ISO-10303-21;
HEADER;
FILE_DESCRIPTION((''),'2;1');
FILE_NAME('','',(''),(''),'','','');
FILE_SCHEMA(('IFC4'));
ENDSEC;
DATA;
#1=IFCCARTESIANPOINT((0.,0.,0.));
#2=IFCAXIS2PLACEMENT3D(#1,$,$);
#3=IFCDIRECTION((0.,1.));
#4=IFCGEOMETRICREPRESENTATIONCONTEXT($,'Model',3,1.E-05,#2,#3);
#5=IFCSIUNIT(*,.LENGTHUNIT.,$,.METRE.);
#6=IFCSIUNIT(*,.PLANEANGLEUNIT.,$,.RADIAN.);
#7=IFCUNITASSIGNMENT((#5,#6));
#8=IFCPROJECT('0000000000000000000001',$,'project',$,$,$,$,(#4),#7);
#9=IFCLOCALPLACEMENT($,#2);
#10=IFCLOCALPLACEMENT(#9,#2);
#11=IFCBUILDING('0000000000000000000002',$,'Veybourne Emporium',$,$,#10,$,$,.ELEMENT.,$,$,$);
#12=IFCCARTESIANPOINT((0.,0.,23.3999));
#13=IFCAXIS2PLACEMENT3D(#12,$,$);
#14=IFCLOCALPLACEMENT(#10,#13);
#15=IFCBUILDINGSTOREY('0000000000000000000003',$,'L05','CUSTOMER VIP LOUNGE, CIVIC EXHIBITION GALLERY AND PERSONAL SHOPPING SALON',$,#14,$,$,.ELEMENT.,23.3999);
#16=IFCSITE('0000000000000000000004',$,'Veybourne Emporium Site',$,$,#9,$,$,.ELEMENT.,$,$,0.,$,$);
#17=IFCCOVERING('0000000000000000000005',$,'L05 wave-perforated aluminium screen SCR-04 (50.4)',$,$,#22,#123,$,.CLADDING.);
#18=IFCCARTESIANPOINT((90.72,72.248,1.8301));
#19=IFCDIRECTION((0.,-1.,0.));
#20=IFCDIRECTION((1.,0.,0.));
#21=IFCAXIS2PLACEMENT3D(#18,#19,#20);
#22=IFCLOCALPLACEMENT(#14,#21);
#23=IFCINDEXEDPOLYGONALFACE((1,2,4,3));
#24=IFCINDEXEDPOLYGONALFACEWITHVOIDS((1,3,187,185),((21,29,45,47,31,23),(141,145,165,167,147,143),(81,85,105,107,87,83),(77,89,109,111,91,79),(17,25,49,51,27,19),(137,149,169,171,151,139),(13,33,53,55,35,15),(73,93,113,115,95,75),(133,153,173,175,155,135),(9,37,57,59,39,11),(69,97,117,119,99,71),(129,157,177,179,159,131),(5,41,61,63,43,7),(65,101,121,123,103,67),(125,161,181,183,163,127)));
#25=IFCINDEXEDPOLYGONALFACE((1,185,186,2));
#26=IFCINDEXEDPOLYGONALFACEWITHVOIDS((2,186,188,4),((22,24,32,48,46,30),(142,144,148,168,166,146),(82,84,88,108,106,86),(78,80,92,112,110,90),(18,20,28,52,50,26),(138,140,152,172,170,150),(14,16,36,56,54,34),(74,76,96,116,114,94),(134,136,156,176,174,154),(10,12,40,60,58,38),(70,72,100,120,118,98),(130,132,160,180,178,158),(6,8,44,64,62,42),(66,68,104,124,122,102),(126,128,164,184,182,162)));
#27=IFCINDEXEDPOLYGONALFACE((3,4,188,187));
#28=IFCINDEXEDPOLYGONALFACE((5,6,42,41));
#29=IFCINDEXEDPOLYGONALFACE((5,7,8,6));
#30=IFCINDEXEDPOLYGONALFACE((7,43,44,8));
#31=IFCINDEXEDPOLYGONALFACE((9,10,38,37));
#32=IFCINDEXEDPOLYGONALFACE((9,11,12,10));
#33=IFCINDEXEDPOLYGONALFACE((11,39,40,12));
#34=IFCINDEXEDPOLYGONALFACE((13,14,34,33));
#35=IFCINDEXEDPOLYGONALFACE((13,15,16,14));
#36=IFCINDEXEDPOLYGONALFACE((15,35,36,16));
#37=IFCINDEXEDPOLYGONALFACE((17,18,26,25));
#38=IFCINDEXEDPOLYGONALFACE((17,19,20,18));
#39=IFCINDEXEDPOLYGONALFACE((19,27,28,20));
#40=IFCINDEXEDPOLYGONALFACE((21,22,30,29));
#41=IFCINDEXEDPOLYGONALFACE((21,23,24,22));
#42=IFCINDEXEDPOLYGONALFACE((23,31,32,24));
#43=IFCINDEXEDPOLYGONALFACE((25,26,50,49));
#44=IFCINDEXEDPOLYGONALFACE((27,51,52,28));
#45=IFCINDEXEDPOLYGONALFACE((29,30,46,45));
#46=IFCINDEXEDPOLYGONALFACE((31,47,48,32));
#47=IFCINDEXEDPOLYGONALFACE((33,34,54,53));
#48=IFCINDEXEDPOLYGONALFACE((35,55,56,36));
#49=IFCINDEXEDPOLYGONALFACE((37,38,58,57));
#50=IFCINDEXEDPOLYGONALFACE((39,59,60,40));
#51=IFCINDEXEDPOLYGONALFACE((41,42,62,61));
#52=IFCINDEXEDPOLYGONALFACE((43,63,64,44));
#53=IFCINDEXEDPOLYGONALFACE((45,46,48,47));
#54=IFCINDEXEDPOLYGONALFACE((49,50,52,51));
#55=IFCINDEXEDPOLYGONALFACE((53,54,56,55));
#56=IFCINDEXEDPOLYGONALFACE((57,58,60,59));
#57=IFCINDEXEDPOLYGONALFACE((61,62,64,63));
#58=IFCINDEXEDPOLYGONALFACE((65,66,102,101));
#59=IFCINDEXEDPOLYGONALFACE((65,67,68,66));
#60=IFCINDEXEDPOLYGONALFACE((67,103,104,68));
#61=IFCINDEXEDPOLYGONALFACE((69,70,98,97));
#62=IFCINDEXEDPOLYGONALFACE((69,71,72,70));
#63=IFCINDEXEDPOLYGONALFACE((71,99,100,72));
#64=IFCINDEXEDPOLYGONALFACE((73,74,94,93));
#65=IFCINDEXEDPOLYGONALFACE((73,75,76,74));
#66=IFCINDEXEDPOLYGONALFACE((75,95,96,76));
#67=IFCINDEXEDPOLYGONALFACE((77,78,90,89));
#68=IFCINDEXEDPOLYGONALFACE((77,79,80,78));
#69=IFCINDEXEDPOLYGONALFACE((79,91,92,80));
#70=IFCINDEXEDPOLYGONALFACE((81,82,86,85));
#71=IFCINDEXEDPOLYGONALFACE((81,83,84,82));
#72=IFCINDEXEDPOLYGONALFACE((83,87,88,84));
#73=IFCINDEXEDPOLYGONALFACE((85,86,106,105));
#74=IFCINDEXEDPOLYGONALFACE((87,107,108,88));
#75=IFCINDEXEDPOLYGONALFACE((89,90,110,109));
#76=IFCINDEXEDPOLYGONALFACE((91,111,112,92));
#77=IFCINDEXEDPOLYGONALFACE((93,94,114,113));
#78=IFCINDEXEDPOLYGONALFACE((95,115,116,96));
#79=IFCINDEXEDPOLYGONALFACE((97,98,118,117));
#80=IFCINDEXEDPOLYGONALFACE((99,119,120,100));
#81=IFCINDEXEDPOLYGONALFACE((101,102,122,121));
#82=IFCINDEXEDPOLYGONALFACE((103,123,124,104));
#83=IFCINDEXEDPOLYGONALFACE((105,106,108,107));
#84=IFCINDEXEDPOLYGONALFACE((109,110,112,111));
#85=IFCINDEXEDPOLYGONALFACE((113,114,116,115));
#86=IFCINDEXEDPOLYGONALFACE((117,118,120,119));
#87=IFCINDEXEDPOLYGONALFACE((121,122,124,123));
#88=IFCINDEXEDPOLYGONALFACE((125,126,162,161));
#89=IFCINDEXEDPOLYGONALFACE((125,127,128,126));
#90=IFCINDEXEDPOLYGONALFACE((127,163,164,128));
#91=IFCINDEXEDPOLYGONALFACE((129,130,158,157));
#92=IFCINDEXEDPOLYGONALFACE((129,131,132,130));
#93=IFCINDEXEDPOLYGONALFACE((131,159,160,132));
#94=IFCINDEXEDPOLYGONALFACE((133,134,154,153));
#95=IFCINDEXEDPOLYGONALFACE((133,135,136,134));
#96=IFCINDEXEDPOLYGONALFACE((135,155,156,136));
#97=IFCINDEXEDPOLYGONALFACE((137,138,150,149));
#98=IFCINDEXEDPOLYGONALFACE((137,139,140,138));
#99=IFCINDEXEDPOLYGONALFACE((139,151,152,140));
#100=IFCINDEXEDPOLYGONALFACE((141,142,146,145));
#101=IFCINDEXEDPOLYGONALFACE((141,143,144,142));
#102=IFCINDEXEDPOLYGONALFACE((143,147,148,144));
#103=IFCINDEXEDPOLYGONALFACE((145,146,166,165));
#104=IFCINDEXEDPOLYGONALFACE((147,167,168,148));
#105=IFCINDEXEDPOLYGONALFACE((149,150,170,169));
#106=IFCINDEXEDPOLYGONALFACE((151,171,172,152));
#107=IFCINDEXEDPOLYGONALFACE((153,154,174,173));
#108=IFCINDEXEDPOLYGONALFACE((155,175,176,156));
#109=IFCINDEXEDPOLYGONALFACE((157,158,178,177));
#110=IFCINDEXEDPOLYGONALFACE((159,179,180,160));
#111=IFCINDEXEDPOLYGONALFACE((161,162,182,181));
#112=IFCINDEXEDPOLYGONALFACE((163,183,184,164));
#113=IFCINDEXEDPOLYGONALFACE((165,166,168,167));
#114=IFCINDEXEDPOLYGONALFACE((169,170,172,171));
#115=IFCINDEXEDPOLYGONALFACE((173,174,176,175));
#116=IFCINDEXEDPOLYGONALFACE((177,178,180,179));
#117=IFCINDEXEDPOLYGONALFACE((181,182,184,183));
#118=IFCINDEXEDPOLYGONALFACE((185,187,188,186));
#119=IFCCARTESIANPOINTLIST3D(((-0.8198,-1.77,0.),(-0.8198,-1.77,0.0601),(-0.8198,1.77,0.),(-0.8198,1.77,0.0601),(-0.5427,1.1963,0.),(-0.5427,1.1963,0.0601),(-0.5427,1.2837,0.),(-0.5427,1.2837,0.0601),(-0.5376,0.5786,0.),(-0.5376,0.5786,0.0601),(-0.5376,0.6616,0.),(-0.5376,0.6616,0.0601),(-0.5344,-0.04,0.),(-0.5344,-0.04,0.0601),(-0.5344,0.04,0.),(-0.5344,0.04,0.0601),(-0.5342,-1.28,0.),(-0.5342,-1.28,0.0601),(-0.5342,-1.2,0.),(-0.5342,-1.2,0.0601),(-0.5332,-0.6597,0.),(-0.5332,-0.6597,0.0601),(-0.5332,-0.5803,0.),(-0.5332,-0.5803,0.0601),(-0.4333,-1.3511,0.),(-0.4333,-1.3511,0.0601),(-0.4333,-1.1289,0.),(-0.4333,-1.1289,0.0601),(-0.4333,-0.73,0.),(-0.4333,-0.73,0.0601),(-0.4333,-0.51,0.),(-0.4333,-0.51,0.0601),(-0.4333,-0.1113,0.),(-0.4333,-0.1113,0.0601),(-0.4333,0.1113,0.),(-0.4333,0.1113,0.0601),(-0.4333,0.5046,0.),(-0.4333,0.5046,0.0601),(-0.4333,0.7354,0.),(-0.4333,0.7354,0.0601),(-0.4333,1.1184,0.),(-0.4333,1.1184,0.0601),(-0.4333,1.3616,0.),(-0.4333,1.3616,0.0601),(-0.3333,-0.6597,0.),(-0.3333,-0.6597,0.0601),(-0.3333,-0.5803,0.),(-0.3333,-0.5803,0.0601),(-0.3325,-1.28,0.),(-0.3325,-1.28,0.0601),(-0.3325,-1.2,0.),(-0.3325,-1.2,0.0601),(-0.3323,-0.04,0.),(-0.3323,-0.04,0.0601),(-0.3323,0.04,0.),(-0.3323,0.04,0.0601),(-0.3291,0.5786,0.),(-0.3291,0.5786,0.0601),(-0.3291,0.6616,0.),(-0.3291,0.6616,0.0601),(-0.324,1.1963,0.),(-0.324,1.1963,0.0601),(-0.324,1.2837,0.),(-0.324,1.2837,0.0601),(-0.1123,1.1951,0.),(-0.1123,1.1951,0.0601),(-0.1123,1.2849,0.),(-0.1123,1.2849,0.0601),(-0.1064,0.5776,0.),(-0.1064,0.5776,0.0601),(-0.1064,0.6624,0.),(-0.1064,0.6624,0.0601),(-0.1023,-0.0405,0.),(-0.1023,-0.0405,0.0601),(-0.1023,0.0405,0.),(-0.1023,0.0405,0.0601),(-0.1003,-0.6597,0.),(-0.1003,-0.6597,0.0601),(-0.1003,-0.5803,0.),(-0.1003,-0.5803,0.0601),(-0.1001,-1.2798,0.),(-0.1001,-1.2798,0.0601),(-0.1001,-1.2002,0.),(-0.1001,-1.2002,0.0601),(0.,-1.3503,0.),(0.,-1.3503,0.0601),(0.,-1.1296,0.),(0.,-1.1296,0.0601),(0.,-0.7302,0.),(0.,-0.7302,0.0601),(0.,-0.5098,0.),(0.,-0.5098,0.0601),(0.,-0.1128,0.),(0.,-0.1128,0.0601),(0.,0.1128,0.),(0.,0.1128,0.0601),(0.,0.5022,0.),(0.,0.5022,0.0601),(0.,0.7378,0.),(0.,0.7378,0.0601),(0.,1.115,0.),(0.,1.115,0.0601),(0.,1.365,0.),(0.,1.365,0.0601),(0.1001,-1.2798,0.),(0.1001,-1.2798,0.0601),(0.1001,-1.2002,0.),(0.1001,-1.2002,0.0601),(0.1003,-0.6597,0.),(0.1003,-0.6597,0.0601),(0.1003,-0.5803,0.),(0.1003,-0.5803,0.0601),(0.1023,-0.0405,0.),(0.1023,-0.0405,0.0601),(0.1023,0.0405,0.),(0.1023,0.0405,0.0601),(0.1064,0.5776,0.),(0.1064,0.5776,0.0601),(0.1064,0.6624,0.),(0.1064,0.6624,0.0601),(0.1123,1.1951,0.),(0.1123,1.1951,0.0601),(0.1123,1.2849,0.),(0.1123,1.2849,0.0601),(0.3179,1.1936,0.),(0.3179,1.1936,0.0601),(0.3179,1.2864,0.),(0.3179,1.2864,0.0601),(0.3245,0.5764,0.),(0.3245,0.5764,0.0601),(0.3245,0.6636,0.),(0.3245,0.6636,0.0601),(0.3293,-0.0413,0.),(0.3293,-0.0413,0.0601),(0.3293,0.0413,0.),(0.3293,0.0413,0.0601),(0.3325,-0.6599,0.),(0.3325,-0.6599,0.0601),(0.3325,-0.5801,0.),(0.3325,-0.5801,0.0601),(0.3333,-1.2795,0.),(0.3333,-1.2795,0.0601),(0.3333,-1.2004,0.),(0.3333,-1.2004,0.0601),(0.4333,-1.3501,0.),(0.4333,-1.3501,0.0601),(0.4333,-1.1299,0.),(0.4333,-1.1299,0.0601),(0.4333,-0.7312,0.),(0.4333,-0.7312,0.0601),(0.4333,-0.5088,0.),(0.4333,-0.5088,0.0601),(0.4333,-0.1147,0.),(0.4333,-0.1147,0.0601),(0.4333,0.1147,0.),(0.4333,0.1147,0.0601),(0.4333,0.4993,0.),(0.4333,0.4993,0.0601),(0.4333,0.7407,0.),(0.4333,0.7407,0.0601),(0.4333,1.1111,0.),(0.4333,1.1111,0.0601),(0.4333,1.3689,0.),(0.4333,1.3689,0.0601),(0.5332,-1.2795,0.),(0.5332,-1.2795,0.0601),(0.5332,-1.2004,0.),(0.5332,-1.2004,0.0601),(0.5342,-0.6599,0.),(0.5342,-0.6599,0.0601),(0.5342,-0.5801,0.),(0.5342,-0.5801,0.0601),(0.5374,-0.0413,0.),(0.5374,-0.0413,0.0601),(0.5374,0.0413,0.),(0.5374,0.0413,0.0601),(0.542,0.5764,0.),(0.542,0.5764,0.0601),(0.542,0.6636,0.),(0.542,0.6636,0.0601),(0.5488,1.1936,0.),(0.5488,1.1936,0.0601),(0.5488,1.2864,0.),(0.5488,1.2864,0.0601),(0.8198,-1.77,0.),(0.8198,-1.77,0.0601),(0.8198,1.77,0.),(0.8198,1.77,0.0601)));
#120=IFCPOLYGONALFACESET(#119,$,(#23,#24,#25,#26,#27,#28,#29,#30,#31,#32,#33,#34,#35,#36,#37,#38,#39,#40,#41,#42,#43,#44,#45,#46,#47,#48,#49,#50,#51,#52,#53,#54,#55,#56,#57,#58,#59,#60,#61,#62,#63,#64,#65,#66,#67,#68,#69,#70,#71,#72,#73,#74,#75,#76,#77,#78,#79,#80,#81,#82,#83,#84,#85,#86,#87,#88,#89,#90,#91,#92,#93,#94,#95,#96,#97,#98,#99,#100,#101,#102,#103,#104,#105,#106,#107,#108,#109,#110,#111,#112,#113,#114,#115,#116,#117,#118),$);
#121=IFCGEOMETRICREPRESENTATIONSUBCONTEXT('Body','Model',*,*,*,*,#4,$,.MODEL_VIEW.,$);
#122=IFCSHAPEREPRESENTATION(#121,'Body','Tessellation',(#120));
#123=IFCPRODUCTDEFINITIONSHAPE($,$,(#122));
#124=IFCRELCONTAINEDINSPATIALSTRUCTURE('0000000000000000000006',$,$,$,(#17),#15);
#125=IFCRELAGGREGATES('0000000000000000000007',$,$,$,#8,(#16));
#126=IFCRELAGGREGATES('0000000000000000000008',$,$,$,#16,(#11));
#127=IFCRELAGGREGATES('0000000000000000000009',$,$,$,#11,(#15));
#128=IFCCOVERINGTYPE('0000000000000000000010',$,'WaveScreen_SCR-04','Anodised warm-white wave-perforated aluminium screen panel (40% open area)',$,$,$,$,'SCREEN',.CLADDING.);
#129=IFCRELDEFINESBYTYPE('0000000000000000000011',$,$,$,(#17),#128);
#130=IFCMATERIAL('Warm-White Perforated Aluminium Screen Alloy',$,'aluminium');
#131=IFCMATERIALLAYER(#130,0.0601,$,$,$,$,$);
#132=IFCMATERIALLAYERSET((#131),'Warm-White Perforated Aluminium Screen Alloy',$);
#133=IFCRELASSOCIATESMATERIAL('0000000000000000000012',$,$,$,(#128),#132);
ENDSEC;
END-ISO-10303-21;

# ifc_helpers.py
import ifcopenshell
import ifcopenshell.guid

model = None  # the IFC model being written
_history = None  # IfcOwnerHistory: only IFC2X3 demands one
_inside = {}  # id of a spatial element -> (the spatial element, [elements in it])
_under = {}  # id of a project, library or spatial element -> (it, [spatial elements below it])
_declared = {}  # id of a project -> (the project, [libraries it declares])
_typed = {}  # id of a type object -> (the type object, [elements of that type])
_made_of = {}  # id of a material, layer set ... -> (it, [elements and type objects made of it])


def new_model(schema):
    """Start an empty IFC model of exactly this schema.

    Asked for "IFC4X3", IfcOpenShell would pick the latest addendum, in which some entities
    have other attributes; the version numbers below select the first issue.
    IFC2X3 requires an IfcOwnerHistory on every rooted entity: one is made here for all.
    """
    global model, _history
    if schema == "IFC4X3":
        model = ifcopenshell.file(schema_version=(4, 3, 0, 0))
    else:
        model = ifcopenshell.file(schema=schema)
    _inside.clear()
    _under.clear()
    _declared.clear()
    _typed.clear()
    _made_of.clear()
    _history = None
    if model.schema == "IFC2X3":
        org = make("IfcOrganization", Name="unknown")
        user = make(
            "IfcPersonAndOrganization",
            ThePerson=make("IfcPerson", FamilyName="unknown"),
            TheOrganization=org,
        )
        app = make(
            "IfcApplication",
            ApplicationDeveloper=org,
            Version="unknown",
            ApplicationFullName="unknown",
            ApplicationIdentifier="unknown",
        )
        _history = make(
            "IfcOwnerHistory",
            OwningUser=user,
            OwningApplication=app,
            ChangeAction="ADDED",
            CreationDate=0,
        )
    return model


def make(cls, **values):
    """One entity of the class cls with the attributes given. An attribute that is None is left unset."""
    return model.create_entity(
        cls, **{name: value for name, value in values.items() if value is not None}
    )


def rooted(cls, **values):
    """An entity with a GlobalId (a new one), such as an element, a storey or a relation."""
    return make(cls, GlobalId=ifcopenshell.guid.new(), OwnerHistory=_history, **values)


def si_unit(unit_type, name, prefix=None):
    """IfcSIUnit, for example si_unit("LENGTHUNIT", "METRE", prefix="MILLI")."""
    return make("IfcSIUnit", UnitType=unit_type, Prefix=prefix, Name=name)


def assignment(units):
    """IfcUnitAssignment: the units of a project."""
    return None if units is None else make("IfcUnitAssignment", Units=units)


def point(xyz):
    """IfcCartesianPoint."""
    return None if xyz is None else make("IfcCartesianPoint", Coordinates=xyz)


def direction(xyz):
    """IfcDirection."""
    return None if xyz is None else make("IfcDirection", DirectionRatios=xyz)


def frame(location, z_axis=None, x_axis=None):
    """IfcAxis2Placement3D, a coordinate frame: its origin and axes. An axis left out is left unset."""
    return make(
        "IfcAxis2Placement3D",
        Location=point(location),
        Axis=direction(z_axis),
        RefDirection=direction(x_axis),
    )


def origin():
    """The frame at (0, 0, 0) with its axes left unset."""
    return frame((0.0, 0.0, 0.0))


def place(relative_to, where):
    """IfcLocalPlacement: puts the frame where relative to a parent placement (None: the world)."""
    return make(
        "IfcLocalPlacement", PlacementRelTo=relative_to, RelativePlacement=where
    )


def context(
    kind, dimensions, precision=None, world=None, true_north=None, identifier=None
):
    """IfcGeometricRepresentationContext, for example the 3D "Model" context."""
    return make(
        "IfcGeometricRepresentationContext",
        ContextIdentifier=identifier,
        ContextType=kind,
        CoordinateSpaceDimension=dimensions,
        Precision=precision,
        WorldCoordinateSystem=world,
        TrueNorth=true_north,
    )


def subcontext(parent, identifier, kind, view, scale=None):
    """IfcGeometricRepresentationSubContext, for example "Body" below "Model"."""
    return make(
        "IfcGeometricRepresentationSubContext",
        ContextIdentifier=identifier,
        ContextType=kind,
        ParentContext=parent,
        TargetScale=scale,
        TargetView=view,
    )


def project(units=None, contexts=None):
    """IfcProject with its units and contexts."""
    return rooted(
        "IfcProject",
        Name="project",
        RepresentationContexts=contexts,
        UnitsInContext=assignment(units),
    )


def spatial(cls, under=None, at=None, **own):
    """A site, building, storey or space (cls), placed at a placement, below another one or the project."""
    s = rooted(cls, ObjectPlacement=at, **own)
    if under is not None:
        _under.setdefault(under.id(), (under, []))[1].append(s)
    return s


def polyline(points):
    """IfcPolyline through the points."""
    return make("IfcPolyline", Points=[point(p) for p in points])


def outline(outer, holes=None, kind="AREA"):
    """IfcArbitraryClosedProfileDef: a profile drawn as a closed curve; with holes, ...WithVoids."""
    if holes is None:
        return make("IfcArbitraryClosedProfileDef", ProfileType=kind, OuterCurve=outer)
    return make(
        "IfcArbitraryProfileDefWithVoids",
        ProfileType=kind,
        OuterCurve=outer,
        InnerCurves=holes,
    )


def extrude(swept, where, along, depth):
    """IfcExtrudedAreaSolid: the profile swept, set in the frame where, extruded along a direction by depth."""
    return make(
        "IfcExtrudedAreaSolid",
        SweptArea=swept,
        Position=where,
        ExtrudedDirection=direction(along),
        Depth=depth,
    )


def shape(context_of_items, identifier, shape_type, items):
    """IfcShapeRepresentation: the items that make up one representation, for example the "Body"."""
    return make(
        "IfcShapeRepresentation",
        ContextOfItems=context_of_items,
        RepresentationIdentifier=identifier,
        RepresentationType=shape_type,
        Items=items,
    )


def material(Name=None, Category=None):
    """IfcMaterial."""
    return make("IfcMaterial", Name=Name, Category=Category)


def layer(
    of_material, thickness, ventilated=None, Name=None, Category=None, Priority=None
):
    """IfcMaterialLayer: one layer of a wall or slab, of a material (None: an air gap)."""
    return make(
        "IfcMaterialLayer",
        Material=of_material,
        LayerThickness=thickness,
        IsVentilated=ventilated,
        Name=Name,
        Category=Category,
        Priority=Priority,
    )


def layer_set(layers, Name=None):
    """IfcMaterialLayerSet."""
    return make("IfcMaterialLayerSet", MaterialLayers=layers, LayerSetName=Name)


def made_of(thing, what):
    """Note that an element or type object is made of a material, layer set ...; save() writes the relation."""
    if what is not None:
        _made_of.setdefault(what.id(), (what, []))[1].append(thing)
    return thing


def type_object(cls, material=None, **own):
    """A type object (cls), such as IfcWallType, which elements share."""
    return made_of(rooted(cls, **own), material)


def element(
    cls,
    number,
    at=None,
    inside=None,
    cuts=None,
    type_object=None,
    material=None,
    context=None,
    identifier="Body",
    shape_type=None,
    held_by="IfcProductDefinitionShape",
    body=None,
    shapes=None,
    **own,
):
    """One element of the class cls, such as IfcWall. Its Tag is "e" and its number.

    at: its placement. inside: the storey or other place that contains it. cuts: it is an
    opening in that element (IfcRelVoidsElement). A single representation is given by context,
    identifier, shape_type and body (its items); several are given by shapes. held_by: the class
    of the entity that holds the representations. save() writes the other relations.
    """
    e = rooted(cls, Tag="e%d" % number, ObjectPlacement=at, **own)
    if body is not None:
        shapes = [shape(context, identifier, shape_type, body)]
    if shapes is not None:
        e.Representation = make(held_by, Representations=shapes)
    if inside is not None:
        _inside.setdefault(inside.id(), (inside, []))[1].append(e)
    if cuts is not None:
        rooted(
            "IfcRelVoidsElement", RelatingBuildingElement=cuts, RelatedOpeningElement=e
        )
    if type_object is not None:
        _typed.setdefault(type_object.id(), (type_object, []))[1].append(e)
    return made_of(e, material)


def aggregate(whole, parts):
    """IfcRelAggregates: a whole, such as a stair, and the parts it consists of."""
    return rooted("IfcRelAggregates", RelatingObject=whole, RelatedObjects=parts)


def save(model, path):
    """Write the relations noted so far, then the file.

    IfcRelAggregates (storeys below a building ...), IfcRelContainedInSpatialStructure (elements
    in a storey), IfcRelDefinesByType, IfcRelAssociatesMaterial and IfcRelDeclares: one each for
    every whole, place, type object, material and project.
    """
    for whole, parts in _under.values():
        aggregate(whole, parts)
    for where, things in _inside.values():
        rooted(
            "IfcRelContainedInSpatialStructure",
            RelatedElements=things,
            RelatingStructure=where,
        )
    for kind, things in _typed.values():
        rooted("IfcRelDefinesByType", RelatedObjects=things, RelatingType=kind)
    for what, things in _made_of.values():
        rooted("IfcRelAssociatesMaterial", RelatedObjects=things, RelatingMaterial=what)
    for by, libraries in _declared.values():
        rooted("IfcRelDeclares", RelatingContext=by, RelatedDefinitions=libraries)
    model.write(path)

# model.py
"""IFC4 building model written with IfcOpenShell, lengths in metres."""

from ifc_helpers import new_model, si_unit, direction, frame, origin, place, context, subcontext, project, spatial, polyline, outline, extrude, material, layer, layer_set, type_object, element, save


model = new_model("IFC4")

# Units and contexts
model_context = context("Model", 3, precision=1e-05, world=origin(), true_north=direction((0.0, 1.0)))
body_context = subcontext(model_context, "Body", "Model", "MODEL_VIEW")
ifc_project = project(units=[si_unit("LENGTHUNIT", "METRE"), si_unit("PLANEANGLEUNIT", "RADIAN")], contexts=[model_context])

# Site, building, storey
site_placement = place(None, origin())
site = spatial("IfcSite", under=ifc_project, at=site_placement, Name="Veybourne Emporium Site", CompositionType="ELEMENT", RefElevation=0.0)
building_placement = place(site_placement, origin())
building = spatial("IfcBuilding", under=site, at=building_placement, Name="Veybourne Emporium", CompositionType="ELEMENT")
storey_placement = place(building_placement, frame((0.0, 0.0, 23.3999)))
storey = spatial("IfcBuildingStorey", under=building, at=storey_placement, Name="L05", Description="CUSTOMER VIP LOUNGE, CIVIC EXHIBITION GALLERY AND PERSONAL SHOPPING SALON", CompositionType="ELEMENT", Elevation=23.3999)

# Covering
ifc_material_1 = material(Name="Warm-White Perforated Aluminium Screen Alloy", Category="aluminium")
ifc_layer_1 = layer(ifc_material_1, 0.0601)
ifc_layer_set_1 = layer_set([ifc_layer_1], Name="Warm-White Perforated Aluminium Screen Alloy")
covering_type_1 = type_object("IfcCoveringType", Name="WaveScreen_SCR-04", Description="Anodised warm-white wave-perforated aluminium screen panel (40% open area)", ElementType="SCREEN", PredefinedType="CLADDING", material=ifc_layer_set_1)
covering_1_placement = place(storey_placement, frame((90.72, 72.248, 1.8301), z_axis=(0.0, -1.0, 0.0), x_axis=(1.0, 0.0, 0.0)))
element("IfcCovering", 1, at=covering_1_placement, inside=storey, type_object=covering_type_1, Name="L05 wave-perforated aluminium screen SCR-04 (50.4)", PredefinedType="CLADDING", context=body_context, shape_type="SweptSolid", body=[
    extrude(outline(polyline([(-0.8198, -1.77), (0.8198, -1.77), (0.8198, 1.77), (-0.8198, 1.77), (-0.8198, -1.77)]), holes=[polyline([(-0.4333, -1.1289), (-0.3325, -1.2), (-0.3325, -1.28), (-0.4333, -1.3511), (-0.5342, -1.28), (-0.5342, -1.2), (-0.4333, -1.1289)]), polyline([(-0.4333, -0.51), (-0.3333, -0.5803), (-0.3333, -0.6597), (-0.4333, -0.73), (-0.5332, -0.6597), (-0.5332, -0.5803), (-0.4333, -0.51)]), polyline([(-0.4333, 0.1113), (-0.3323, 0.04), (-0.3323, -0.04), (-0.4333, -0.1113), (-0.5344, -0.04), (-0.5344, 0.04), (-0.4333, 0.1113)]), polyline([(-0.4333, 0.7354), (-0.3291, 0.6616), (-0.3291, 0.5786), (-0.4333, 0.5046), (-0.5376, 0.5786), (-0.5376, 0.6616), (-0.4333, 0.7354)]), polyline([(-0.4333, 1.3616), (-0.324, 1.2837), (-0.324, 1.1963), (-0.4333, 1.1184), (-0.5427, 1.1963), (-0.5427, 1.2837), (-0.4333, 1.3616)]), polyline([(0.0, -1.1296), (0.1001, -1.2002), (0.1001, -1.2798), (0.0, -1.3503), (-0.1001, -1.2798), (-0.1001, -1.2002), (0.0, -1.1296)]), polyline([(0.0, -0.5098), (0.1003, -0.5803), (0.1003, -0.6597), (0.0, -0.7302), (-0.1003, -0.6597), (-0.1003, -0.5803), (0.0, -0.5098)]), polyline([(0.0, 0.1128), (0.1023, 0.0405), (0.1023, -0.0405), (0.0, -0.1128), (-0.1023, -0.0405), (-0.1023, 0.0405), (0.0, 0.1128)]), polyline([(0.0, 0.7378), (0.1064, 0.6624), (0.1064, 0.5776), (0.0, 0.5022), (-0.1064, 0.5776), (-0.1064, 0.6624), (0.0, 0.7378)]), polyline([(0.0, 1.365), (0.1123, 1.2849), (0.1123, 1.1951), (0.0, 1.115), (-0.1123, 1.1951), (-0.1123, 1.2849), (0.0, 1.365)]), polyline([(0.4333, -1.1299), (0.5332, -1.2004), (0.5332, -1.2795), (0.4333, -1.3501), (0.3333, -1.2795), (0.3333, -1.2004), (0.4333, -1.1299)]), polyline([(0.4333, -0.5088), (0.5342, -0.5801), (0.5342, -0.6599), (0.4333, -0.7312), (0.3325, -0.6599), (0.3325, -0.5801), (0.4333, -0.5088)]), polyline([(0.4333, 0.1147), (0.5374, 0.0413), (0.5374, -0.0413), (0.4333, -0.1147), (0.3293, -0.0413), (0.3293, 0.0413), (0.4333, 0.1147)]), polyline([(0.4333, 0.7407), (0.542, 0.6636), (0.542, 0.5764), (0.4333, 0.4993), (0.3245, 0.5764), (0.3245, 0.6636), (0.4333, 0.7407)]), polyline([(0.4333, 1.3689), (0.5488, 1.2864), (0.5488, 1.1936), (0.4333, 1.1111), (0.3179, 1.1936), (0.3179, 1.2864), (0.4333, 1.3689)])]), origin(), (0.0, 0.0, 1.0), 0.0601),
])

save(model, "model.ifc")
